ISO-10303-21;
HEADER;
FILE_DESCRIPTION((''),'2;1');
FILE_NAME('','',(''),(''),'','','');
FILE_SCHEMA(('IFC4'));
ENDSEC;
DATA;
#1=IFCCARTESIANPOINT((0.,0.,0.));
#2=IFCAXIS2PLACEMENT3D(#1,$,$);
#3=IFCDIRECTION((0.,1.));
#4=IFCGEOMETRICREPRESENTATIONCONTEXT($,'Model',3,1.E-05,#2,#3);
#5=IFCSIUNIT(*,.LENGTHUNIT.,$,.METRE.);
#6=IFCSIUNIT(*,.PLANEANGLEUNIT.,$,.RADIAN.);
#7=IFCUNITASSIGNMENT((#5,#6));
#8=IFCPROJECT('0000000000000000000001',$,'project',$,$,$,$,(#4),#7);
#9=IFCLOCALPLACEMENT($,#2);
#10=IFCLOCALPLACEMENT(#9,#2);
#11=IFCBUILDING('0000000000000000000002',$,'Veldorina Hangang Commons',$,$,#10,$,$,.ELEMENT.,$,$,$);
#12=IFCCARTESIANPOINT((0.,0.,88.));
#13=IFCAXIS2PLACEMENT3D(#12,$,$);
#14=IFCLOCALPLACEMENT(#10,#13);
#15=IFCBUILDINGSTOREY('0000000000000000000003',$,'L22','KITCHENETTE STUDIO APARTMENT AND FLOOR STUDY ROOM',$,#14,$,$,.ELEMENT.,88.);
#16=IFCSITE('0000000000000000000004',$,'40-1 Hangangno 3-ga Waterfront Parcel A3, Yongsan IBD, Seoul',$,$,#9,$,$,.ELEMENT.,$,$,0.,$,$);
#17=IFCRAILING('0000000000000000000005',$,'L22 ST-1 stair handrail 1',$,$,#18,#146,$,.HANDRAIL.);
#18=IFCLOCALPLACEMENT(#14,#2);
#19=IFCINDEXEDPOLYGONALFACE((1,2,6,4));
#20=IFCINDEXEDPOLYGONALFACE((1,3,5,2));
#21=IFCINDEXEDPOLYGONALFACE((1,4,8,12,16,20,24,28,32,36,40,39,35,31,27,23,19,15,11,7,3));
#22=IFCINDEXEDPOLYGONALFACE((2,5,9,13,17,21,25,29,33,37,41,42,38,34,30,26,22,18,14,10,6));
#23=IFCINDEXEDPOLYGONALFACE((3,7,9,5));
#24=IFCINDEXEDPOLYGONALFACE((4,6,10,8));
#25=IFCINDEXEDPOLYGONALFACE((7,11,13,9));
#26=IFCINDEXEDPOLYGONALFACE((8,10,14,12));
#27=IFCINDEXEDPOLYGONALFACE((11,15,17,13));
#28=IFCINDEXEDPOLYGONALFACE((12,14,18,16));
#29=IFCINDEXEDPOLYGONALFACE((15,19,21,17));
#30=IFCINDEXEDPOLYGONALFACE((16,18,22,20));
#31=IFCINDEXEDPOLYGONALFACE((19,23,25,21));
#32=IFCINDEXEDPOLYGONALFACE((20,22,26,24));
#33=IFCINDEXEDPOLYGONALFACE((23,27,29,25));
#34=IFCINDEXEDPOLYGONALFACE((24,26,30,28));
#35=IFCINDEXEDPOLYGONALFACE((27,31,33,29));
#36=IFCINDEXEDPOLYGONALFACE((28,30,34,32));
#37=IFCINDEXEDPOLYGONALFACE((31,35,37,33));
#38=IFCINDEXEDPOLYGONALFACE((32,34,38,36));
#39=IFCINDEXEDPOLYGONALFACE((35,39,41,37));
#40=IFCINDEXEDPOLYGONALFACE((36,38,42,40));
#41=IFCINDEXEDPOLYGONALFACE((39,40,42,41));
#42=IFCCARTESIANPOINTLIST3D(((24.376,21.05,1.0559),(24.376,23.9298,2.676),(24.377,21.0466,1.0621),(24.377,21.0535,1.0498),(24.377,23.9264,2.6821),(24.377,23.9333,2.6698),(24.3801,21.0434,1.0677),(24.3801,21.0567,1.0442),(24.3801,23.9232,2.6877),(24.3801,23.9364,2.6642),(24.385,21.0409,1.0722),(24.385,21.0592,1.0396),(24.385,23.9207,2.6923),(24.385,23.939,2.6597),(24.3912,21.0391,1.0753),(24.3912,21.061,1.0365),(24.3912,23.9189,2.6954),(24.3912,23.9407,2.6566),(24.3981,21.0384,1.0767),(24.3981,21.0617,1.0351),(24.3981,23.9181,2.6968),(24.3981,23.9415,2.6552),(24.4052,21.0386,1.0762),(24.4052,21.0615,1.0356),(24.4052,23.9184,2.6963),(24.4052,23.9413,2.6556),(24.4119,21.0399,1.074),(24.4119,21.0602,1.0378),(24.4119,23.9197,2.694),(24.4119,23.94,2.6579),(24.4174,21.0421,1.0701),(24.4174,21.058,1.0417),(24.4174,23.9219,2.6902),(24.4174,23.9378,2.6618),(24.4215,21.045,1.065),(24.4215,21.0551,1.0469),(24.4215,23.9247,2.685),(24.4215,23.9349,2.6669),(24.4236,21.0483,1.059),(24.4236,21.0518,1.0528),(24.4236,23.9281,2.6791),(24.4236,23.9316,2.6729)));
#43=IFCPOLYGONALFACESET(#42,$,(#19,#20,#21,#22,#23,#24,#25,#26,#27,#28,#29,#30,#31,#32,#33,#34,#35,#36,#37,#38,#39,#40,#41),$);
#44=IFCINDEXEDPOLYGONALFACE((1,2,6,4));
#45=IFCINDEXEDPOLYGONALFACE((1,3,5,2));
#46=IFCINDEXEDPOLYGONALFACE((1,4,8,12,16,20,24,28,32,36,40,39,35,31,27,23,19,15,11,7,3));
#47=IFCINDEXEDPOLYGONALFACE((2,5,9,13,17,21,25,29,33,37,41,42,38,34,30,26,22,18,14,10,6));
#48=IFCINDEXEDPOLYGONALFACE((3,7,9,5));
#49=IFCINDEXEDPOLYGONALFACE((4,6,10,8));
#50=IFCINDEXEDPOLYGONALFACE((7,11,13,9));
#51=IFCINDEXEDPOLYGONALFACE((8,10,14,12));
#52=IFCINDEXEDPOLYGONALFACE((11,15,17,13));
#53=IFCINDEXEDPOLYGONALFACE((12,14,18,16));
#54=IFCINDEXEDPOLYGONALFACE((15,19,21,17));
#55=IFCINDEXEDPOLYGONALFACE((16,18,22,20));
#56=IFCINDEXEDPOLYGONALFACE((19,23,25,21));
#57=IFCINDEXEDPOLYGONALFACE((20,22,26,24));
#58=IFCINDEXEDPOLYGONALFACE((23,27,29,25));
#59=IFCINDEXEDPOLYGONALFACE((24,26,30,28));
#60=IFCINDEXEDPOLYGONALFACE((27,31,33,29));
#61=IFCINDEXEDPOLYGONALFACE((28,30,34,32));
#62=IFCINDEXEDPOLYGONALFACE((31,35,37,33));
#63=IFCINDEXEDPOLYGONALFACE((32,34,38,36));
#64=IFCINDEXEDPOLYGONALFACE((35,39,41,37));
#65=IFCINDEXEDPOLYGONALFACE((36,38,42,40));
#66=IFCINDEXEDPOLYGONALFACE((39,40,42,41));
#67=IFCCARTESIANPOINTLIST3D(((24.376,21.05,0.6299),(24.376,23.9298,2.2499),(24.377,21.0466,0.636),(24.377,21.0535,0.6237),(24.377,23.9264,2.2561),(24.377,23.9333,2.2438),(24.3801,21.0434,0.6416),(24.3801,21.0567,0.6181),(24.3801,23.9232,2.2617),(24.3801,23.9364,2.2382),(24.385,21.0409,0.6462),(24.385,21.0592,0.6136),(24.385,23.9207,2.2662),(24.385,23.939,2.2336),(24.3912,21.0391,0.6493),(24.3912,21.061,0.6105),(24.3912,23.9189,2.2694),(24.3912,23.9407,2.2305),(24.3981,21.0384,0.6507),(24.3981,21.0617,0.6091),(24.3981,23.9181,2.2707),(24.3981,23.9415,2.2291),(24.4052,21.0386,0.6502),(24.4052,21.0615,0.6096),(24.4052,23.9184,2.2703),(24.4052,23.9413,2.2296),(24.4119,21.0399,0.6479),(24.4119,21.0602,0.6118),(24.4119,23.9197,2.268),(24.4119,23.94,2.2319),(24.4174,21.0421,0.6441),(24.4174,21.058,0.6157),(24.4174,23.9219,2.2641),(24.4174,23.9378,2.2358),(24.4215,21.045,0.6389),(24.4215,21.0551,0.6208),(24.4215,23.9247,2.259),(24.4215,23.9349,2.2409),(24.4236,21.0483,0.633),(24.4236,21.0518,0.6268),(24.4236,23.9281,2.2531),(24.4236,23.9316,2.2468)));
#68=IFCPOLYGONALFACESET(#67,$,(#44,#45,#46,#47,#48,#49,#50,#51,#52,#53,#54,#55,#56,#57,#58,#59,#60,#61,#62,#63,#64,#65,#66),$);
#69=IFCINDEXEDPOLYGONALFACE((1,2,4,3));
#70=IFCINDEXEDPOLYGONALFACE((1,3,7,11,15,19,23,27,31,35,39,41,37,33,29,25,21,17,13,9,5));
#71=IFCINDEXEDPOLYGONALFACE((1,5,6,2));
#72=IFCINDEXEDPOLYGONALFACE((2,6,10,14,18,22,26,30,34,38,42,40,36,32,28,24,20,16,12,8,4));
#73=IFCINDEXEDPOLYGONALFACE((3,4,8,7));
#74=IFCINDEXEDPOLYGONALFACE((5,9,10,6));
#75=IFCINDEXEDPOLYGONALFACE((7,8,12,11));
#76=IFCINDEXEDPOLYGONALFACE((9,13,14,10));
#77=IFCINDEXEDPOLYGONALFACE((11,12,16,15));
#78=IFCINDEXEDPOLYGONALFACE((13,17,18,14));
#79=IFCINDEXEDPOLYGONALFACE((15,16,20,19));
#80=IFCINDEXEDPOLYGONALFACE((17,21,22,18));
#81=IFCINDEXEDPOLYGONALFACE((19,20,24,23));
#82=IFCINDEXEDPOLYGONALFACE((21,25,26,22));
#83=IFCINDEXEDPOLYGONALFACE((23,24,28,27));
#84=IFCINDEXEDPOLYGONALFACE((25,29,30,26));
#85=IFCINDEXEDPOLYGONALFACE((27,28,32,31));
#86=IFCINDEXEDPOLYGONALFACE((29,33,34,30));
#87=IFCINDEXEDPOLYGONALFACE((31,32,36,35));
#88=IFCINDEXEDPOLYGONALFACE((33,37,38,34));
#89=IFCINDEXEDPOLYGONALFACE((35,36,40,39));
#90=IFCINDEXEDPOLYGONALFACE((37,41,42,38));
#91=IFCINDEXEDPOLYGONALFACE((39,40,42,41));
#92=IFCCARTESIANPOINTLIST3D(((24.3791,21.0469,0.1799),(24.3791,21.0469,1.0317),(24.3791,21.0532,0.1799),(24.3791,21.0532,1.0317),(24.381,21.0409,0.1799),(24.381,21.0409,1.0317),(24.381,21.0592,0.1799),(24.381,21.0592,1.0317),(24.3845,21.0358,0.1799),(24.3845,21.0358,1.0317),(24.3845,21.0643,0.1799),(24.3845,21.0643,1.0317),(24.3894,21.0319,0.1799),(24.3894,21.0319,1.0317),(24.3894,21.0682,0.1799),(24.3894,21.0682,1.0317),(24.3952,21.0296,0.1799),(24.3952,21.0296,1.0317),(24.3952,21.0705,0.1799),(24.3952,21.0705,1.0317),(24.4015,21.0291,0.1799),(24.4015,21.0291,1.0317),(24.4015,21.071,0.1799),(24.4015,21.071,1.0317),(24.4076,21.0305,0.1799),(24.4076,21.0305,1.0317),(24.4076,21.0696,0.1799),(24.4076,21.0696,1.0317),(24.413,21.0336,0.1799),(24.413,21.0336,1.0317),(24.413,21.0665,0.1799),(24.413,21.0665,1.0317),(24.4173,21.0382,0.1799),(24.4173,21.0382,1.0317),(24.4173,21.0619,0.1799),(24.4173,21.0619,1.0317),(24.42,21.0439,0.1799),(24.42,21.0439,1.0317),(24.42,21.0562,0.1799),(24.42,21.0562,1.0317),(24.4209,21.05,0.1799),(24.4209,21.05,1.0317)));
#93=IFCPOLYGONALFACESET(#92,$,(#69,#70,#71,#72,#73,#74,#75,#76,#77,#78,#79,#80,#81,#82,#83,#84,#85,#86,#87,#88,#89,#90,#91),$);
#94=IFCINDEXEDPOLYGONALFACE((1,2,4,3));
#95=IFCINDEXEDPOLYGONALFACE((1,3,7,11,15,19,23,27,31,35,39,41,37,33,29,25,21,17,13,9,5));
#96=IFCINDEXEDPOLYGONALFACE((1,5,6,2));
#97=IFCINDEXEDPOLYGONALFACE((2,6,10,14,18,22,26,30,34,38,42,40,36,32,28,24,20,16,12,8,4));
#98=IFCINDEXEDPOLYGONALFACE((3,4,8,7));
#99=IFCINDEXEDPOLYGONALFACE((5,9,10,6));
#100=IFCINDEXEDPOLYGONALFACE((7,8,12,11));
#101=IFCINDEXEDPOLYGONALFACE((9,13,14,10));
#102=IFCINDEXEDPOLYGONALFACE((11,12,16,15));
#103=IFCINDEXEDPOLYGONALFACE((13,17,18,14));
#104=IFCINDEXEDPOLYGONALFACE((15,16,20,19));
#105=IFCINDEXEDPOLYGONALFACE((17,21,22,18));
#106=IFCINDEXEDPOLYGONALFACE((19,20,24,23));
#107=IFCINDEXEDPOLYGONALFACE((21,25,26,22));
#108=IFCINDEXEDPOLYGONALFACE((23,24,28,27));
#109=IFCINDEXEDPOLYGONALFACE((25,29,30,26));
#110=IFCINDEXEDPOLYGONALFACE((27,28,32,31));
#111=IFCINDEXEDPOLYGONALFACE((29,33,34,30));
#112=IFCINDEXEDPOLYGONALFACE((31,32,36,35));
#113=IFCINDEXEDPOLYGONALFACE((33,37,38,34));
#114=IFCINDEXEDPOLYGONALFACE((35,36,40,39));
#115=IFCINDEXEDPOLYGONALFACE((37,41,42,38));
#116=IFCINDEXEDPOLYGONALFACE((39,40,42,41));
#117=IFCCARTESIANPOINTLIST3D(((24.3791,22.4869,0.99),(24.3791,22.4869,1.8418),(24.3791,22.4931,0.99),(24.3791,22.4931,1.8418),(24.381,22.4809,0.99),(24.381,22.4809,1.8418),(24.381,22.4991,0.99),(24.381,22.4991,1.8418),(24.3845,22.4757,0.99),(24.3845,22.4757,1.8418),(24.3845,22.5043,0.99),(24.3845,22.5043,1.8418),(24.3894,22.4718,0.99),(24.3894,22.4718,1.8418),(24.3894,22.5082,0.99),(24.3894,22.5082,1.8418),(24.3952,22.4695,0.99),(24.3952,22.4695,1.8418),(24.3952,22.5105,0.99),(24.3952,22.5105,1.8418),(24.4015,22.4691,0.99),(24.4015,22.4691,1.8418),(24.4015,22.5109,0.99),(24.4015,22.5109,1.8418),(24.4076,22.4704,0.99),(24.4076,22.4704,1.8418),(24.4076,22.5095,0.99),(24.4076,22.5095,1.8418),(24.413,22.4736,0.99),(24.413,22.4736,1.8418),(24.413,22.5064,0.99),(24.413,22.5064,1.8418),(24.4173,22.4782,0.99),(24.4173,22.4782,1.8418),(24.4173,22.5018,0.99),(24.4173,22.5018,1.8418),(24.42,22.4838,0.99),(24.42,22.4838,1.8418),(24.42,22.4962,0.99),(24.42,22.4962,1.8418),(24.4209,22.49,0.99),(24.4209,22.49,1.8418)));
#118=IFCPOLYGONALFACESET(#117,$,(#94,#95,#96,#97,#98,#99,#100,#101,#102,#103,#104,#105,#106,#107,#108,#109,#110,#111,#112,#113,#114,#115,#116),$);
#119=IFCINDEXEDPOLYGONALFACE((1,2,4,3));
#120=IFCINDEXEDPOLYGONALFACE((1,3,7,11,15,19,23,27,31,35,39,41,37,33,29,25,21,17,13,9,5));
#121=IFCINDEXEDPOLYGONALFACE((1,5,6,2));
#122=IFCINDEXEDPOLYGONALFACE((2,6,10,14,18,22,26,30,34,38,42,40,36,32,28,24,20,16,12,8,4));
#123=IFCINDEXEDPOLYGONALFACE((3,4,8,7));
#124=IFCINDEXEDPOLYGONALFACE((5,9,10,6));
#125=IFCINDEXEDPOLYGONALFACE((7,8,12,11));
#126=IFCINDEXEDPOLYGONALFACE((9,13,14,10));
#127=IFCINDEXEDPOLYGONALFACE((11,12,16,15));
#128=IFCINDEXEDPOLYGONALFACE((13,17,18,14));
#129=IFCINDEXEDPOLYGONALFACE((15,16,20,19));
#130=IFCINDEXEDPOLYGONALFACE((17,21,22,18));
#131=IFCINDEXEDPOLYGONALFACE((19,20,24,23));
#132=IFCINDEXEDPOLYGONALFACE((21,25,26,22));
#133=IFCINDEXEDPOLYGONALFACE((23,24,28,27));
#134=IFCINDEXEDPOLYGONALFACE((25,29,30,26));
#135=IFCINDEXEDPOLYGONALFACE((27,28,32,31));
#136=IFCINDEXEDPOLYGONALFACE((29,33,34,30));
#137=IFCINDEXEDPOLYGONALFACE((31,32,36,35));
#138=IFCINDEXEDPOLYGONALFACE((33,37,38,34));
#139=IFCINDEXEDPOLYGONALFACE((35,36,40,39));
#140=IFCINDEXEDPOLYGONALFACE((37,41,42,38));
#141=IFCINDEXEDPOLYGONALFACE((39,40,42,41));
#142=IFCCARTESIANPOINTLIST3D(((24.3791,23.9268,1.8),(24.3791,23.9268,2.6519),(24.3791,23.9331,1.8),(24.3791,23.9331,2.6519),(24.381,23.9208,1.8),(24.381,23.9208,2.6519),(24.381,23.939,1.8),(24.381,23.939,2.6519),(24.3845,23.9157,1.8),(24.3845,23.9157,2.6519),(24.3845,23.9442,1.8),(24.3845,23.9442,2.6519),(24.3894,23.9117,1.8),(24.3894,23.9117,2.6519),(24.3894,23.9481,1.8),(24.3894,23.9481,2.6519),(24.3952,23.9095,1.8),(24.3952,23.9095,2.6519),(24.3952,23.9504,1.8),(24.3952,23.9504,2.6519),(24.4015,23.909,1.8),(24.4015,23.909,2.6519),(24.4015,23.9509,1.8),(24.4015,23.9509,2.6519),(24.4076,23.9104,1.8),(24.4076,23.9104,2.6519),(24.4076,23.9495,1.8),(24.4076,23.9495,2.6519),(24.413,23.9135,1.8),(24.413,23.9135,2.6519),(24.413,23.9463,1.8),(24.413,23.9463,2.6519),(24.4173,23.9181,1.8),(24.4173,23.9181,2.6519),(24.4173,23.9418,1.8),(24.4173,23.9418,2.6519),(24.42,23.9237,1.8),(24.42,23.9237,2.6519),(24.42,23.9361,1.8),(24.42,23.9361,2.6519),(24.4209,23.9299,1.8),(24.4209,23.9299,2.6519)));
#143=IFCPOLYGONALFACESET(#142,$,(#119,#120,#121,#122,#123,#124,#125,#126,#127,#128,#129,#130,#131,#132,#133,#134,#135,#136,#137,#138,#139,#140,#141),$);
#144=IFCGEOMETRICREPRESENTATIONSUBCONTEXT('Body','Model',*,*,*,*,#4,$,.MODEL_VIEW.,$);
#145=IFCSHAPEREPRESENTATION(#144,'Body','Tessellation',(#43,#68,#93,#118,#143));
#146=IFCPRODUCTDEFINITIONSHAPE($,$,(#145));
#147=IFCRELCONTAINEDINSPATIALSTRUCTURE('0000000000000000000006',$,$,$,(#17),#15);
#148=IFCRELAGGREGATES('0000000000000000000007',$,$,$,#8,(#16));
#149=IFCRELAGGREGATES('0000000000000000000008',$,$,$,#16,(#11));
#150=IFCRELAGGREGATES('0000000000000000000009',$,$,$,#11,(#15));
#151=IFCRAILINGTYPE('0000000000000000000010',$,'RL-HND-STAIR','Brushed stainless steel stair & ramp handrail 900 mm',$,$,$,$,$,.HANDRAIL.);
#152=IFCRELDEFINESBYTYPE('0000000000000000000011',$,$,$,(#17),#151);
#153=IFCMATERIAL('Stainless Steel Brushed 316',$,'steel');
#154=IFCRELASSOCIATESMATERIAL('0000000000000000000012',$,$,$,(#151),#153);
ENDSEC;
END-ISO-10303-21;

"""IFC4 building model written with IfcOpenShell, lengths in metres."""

from ifc_helpers import new_model, si_unit, direction, frame, origin, origin_2d, place, context, subcontext, project, spatial, circle, extrude, material, type_object, element, save


model = new_model("IFC4")

# Units and contexts
model_context = context("Model", 3, precision=1e-05, world=origin(), true_north=direction((0.0, 1.0)))
body_context = subcontext(model_context, "Body", "Model", "MODEL_VIEW")
ifc_project = project(units=[si_unit("LENGTHUNIT", "METRE"), si_unit("PLANEANGLEUNIT", "RADIAN")], contexts=[model_context])

# Site, building, storey
site_placement = place(None, origin())
site = spatial("IfcSite", under=ifc_project, at=site_placement, Name="40-1 Hangangno 3-ga Waterfront Parcel A3, Yongsan IBD, Seoul", CompositionType="ELEMENT", RefElevation=0.0)
building_placement = place(site_placement, origin())
building = spatial("IfcBuilding", under=site, at=building_placement, Name="Veldorina Hangang Commons", CompositionType="ELEMENT")
storey_placement = place(building_placement, frame((0.0, 0.0, 88.0)))
storey = spatial("IfcBuildingStorey", under=building, at=storey_placement, Name="L22", Description="KITCHENETTE STUDIO APARTMENT AND FLOOR STUDY ROOM", CompositionType="ELEMENT", Elevation=88.0)

# Railing
ifc_material_1 = material(Name="Stainless Steel Brushed 316", Category="steel")
railing_type_1 = type_object("IfcRailingType", Name="RL-HND-STAIR", Description="Brushed stainless steel stair & ramp handrail 900 mm", PredefinedType="HANDRAIL", material=ifc_material_1)
railing_1_placement = place(storey_placement, frame((24.3999, 21.05, 0.1799)))
element("IfcRailing", 1, at=railing_1_placement, inside=storey, type_object=railing_type_1, Name="L22 ST-1 stair handrail 1", PredefinedType="HANDRAIL", context=body_context, shape_type="SweptSolid", body=[
    extrude(circle(Radius=0.0239, at=origin_2d()), frame((0.0, 0.0, 0.876), z_axis=(0.0, 0.871552, 0.490303), x_axis=(-1.0, 0.0, 0.0)), (0.0, 0.0, 1.0), 3.3042),
    extrude(circle(Radius=0.0239, at=origin_2d()), frame((0.0, 0.0, 0.45), z_axis=(0.0, 0.871552, 0.490303), x_axis=(-1.0, 0.0, 0.0)), (0.0, 0.0, 1.0), 3.3042),
    extrude(circle(Radius=0.021, at=origin_2d()), origin(), (0.0, 0.0, 1.0), 0.8518),
    extrude(circle(Radius=0.021, at=origin_2d()), frame((0.0, 1.4399, 0.8101)), (0.0, 0.0, 1.0), 0.8518),
    extrude(circle(Radius=0.021, at=origin_2d()), frame((0.0, 2.8799, 1.6201)), (0.0, 0.0, 1.0), 0.8518),
])

save(model, "model.ifc")
